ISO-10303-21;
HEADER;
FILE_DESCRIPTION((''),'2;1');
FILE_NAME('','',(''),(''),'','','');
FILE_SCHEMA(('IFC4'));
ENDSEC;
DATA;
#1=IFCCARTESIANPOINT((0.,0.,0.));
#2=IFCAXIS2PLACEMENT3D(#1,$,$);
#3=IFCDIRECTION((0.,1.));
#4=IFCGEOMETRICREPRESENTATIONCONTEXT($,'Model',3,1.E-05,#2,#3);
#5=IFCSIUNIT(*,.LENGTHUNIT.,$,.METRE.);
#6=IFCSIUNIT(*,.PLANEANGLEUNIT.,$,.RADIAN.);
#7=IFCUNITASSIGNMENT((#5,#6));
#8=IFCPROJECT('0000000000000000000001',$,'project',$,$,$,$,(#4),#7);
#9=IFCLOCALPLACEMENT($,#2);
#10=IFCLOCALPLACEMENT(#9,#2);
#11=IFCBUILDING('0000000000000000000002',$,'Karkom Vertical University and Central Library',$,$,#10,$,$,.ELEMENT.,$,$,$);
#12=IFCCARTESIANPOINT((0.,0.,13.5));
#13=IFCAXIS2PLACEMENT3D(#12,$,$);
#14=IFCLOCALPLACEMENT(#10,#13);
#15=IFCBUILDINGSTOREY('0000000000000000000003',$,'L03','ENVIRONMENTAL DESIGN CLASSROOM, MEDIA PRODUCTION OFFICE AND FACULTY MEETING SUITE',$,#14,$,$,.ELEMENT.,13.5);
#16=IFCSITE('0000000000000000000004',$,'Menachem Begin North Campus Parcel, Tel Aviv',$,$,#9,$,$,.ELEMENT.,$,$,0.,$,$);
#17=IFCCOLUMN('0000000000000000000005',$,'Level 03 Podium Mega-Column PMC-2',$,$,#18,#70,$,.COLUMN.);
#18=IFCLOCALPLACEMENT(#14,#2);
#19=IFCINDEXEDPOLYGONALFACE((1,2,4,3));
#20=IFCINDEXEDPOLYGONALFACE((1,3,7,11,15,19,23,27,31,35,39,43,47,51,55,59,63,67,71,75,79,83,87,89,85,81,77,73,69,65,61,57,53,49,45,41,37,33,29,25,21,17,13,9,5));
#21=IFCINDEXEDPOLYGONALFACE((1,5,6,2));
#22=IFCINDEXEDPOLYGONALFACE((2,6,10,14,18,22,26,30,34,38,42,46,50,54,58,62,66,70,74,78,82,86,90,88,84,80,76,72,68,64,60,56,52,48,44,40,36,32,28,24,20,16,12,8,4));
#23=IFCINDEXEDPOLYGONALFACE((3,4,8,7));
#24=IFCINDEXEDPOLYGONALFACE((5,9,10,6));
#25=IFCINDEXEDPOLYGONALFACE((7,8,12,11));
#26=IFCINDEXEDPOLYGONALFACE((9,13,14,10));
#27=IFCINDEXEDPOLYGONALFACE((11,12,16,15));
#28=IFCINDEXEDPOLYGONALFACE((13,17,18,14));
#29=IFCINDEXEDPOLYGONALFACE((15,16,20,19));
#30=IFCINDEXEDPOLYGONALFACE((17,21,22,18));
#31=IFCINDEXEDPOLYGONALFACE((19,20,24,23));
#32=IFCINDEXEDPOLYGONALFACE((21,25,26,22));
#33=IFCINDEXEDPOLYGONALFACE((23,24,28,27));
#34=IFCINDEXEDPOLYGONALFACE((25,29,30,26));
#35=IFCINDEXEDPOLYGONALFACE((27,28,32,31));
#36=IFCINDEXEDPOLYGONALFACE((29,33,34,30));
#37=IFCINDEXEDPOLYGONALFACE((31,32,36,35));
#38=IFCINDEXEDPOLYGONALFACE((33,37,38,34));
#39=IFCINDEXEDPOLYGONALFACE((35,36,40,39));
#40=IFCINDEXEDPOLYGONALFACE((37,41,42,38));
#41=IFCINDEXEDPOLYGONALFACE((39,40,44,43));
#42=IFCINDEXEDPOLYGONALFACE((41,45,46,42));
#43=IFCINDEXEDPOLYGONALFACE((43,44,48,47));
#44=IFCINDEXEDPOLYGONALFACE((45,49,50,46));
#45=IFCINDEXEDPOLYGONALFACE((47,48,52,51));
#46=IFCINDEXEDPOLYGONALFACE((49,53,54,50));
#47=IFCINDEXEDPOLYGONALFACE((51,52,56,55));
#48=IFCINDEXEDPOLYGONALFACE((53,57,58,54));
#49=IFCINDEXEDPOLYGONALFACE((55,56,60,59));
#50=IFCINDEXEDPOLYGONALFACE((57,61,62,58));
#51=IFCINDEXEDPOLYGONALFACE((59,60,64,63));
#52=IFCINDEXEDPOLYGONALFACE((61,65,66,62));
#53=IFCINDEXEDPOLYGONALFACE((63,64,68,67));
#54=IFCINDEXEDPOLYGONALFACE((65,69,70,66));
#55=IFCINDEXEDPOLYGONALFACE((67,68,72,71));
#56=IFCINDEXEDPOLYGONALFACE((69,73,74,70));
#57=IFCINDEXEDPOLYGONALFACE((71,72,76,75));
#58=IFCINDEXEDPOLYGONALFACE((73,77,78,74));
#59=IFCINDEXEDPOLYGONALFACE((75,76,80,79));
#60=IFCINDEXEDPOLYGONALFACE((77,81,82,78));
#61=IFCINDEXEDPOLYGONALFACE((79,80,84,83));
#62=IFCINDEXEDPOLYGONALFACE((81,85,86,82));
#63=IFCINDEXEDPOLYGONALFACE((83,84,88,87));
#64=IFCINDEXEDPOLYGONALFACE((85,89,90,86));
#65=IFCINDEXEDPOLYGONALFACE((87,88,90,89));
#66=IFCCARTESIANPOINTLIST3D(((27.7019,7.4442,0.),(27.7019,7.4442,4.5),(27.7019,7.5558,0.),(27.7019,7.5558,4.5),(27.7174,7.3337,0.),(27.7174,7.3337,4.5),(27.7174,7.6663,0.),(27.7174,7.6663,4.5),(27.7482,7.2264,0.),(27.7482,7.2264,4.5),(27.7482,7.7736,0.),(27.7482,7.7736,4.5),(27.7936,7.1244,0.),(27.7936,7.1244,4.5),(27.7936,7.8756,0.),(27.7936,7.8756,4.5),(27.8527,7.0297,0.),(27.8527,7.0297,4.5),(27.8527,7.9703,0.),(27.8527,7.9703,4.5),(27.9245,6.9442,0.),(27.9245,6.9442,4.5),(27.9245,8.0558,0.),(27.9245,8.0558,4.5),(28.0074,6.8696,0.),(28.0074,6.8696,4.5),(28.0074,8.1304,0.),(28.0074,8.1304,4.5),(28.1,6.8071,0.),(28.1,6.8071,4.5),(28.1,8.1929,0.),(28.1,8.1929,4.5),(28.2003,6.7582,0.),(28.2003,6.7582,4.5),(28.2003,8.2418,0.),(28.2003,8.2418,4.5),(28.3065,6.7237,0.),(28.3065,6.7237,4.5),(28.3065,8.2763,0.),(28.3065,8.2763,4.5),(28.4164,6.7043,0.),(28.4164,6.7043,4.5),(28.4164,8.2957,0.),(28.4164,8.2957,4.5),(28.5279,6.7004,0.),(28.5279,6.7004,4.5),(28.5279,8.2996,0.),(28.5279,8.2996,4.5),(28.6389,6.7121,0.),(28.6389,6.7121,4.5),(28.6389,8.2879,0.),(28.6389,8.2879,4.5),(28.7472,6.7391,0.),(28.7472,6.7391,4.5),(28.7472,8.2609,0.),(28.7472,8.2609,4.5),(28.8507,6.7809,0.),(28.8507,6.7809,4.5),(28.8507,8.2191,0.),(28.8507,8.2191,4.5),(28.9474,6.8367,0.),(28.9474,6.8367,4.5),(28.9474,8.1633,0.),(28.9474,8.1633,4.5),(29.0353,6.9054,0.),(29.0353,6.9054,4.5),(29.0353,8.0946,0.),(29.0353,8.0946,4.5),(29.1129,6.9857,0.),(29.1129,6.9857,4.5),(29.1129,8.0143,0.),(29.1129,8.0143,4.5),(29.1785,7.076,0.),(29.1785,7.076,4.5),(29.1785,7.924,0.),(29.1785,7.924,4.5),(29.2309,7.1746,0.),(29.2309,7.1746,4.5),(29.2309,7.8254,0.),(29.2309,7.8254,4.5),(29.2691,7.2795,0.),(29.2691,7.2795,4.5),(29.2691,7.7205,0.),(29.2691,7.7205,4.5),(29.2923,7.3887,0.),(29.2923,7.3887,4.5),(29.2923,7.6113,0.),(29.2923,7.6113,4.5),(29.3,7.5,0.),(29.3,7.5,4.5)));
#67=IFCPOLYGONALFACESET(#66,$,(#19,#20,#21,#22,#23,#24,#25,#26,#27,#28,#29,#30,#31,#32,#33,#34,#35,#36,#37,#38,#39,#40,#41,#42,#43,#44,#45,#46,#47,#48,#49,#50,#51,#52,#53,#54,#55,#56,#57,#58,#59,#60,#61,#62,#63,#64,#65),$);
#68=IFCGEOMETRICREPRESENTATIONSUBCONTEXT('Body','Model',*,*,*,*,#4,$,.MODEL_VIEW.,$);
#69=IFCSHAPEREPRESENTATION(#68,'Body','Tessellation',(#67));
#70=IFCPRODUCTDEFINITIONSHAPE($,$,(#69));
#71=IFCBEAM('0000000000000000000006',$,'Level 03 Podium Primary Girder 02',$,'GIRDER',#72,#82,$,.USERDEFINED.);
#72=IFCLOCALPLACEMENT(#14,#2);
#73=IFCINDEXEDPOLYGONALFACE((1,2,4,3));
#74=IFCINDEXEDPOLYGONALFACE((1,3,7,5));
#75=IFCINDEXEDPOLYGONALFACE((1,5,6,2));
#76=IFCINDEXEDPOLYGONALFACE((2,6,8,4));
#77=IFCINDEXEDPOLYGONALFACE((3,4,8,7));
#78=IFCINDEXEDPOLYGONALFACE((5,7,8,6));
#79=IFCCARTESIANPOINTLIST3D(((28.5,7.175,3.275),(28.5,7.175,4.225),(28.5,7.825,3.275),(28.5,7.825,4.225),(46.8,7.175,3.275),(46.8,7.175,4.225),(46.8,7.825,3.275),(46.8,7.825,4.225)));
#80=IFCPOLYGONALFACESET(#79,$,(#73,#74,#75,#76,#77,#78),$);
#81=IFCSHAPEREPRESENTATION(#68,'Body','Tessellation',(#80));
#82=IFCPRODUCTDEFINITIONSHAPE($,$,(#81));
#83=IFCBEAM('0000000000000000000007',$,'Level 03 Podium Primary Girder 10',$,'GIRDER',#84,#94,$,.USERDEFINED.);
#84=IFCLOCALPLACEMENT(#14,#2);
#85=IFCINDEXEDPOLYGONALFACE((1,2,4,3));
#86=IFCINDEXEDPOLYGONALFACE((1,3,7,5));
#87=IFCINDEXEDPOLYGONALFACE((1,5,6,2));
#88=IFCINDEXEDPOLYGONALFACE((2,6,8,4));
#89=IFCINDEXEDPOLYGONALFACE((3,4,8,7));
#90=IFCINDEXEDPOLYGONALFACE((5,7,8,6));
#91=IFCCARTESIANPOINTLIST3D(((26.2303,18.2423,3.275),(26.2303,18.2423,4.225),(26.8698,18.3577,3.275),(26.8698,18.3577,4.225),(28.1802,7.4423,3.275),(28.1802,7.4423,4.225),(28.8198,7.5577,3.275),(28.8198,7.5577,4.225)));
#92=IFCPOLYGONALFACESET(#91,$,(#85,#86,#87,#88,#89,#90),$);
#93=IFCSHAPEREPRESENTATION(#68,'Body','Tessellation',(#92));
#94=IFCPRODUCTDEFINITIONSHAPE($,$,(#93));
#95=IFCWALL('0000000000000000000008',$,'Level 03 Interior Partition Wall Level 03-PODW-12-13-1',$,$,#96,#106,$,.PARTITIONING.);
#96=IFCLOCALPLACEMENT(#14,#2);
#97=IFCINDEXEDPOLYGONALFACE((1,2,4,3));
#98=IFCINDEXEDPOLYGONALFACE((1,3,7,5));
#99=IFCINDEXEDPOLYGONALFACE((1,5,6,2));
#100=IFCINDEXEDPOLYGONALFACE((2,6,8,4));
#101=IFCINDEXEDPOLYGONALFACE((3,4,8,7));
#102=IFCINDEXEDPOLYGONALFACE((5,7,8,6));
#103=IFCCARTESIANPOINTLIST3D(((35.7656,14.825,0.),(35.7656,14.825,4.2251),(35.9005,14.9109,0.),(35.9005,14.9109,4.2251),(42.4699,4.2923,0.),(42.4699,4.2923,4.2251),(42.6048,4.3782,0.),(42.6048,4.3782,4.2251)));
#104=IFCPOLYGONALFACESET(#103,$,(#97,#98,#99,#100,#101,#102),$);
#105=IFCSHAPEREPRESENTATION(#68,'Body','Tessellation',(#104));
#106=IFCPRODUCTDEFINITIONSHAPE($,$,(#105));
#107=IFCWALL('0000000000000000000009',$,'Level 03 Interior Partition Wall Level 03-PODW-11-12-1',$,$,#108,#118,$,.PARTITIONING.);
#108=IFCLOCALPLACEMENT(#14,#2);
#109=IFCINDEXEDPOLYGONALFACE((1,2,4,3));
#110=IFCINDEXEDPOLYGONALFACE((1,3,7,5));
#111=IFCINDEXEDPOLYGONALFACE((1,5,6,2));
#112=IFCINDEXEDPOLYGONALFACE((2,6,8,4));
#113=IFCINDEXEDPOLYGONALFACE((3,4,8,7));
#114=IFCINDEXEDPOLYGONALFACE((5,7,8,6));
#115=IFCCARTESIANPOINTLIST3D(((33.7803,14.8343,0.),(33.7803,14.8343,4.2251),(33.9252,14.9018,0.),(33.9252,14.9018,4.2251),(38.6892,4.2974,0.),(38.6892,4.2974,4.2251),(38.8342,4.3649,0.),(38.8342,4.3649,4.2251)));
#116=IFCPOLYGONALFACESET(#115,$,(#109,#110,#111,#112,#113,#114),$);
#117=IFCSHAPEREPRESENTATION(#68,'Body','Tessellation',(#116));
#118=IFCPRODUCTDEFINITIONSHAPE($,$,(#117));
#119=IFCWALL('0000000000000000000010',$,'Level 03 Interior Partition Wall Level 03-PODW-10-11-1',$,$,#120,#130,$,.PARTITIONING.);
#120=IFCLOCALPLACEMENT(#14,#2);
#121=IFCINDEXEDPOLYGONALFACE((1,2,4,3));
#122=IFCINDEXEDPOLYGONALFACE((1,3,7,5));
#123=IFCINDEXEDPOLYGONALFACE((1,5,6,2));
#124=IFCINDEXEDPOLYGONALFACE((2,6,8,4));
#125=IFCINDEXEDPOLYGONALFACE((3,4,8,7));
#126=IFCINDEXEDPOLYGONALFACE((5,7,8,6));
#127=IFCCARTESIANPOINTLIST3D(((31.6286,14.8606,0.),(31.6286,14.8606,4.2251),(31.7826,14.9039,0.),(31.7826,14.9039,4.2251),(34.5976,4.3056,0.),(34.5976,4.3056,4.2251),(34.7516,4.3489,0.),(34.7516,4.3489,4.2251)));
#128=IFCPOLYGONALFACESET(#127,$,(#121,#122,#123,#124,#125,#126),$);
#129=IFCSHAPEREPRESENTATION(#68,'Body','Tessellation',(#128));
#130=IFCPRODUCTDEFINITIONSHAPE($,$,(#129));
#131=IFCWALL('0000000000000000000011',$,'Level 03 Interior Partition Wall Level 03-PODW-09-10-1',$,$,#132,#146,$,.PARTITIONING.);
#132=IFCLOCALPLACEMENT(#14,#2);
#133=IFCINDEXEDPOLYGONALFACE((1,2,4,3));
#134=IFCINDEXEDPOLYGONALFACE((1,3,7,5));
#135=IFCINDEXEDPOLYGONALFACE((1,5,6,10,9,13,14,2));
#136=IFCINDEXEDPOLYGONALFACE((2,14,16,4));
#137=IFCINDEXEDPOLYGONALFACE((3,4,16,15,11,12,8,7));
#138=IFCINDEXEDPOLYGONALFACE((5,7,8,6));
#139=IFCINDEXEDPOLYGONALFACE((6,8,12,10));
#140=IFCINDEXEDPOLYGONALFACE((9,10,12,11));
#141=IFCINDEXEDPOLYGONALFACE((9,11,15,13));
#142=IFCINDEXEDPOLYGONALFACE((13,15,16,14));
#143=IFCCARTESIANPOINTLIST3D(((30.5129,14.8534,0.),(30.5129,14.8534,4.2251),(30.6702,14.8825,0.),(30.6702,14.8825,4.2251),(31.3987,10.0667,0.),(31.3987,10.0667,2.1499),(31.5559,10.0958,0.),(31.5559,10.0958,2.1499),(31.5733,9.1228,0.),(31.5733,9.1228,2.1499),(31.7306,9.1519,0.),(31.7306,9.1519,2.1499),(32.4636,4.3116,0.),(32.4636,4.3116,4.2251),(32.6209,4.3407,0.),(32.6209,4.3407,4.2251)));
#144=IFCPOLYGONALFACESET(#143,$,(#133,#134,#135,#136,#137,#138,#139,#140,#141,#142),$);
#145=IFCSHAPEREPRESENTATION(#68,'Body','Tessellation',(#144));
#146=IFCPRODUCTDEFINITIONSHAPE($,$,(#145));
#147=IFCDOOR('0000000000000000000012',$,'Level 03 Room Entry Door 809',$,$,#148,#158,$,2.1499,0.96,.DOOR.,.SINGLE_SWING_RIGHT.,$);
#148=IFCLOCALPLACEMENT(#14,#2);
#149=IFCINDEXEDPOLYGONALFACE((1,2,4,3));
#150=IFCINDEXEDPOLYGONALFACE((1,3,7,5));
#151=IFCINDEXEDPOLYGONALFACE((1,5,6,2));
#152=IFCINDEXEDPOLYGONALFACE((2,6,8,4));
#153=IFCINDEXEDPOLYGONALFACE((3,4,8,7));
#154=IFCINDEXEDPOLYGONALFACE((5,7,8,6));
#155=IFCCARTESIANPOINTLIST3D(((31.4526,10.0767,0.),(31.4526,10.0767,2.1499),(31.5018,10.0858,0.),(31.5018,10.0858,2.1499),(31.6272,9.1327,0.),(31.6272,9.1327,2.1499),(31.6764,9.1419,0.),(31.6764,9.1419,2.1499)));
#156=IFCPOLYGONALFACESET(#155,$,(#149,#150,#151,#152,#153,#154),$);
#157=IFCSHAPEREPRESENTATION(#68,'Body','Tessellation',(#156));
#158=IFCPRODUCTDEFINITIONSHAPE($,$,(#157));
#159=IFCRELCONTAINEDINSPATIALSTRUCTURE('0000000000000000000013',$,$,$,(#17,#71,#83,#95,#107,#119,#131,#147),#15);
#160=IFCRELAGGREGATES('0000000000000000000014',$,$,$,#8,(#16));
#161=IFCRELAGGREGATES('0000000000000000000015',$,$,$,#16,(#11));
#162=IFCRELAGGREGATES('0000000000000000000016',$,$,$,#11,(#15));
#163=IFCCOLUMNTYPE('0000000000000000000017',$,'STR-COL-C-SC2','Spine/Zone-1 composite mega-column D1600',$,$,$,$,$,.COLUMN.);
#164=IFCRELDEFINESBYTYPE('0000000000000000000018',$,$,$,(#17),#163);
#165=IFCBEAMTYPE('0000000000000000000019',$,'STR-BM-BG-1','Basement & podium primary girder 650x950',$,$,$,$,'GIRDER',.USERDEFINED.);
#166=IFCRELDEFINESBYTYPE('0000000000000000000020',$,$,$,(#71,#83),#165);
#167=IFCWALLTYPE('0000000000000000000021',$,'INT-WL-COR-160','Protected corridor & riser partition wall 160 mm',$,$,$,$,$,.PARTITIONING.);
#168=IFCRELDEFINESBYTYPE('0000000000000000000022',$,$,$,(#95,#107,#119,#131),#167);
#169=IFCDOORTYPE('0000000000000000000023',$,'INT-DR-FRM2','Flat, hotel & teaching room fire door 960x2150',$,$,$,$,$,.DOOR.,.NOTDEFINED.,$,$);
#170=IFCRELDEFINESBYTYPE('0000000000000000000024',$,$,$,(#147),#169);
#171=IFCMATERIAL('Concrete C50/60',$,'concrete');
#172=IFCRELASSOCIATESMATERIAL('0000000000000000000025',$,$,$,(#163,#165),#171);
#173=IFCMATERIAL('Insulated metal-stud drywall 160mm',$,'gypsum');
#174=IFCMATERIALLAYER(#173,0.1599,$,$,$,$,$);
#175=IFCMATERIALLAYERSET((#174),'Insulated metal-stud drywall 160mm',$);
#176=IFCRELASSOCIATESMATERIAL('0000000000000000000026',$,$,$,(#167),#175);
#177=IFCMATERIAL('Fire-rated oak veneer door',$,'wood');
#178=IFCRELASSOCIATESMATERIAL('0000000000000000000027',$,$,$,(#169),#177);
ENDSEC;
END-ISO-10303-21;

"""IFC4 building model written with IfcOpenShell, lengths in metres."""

from ifc_helpers import new_model, si_unit, direction, frame, frame_2d, origin, origin_with_axes, origin_2d, place, context, subcontext, project, spatial, rectangle, circle, extrude, source, transform, mapped, material, layer, layer_set, material_profile, profile_set, type_object, element, fill, save


model = new_model("IFC4")

# Units and contexts
model_context = context("Model", 3, precision=1e-05, world=origin(), true_north=direction((0.0, 1.0)))
body_context = subcontext(model_context, "Body", "Model", "MODEL_VIEW")
ifc_project = project(units=[si_unit("LENGTHUNIT", "METRE"), si_unit("PLANEANGLEUNIT", "RADIAN")], contexts=[model_context])

# Site, building, storey
site_placement = place(None, origin())
site = spatial("IfcSite", under=ifc_project, at=site_placement, Name="Menachem Begin North Campus Parcel, Tel Aviv", CompositionType="ELEMENT", RefElevation=0.0)
building_placement = place(site_placement, origin())
building = spatial("IfcBuilding", under=site, at=building_placement, Name="Karkom Vertical University and Central Library", CompositionType="ELEMENT")
storey_placement = place(building_placement, frame((0.0, 0.0, 13.5)))
storey = spatial("IfcBuildingStorey", under=building, at=storey_placement, Name="L03", Description="ENVIRONMENTAL DESIGN CLASSROOM, MEDIA PRODUCTION OFFICE AND FACULTY MEETING SUITE", CompositionType="ELEMENT", Elevation=13.5)

# Column
ifc_material_1 = material(Name="Concrete C50/60", Category="concrete")
ifc_material_profile_1 = material_profile(ifc_material_1, circle(Radius=0.8, at=origin_2d()), Name="CFT-D1600")
ifc_profile_set_1 = profile_set([ifc_material_profile_1], Name="Concrete C50/60")
column_type = type_object("IfcColumnType", Name="STR-COL-C-SC2", Description="Spine/Zone-1 composite mega-column D1600", PredefinedType="COLUMN", material=ifc_profile_set_1)
shared_shape_1 = source(origin_with_axes(), body_context, "Body", "SweptSolid", [
    extrude(circle(Radius=0.8, at=origin_2d()), origin(), (0.0, 0.0, 1.0), 4.5),
])
column_placement = place(storey_placement, frame((28.5, 7.5, 0.0), z_axis=(0.0, 0.0, 1.0), x_axis=(1.0, 0.0, 0.0)))
element("IfcColumn", 1, at=column_placement, inside=storey, type_object=column_type, Name="Level 03 Podium Mega-Column PMC-2", PredefinedType="COLUMN", context=body_context, shape_type="MappedRepresentation", body=[
    mapped(shared_shape_1, transform((0.0, 0.0, 0.0), scale=1.0)),
])

# Beams
ifc_material_profile_2 = material_profile(ifc_material_1, rectangle(XDim=0.6499, YDim=0.95, at=origin_2d()), Name="RCG-650x950")
ifc_profile_set_2 = profile_set([ifc_material_profile_2], Name="Concrete C50/60")
beam_type = type_object("IfcBeamType", Name="STR-BM-BG-1", Description="Basement & podium primary girder 650x950", ElementType="GIRDER", PredefinedType="USERDEFINED", material=ifc_profile_set_2)
shared_shape_2 = source(origin_with_axes(), body_context, "Body", "SweptSolid", [
    extrude(rectangle(XDim=0.6499, YDim=0.95, at=origin_2d()), origin(), (0.0, 0.0, 1.0), 18.3),
])
beam_1_placement = place(storey_placement, frame((28.5, 7.5, 3.75), z_axis=(1.0, 0.0, 0.0), x_axis=(0.0, 1.0, 0.0)))
element("IfcBeam", 2, at=beam_1_placement, inside=storey, type_object=beam_type, Name="Level 03 Podium Primary Girder 02", ObjectType="GIRDER", PredefinedType="USERDEFINED", context=body_context, shape_type="MappedRepresentation", body=[
    mapped(shared_shape_2, transform((0.0, 0.0, 0.0), scale=1.0)),
])
shared_shape_3 = source(origin_with_axes(), body_context, "Body", "SweptSolid", [
    extrude(rectangle(XDim=0.6499, YDim=0.95, at=origin_2d()), origin(), (0.0, 0.0, 1.0), 10.9746),
])
beam_2_placement = place(storey_placement, frame((28.5, 7.5, 3.75), z_axis=(-0.177677, 0.984089, 0.0), x_axis=(-0.984089, -0.177677, 0.0)))
element("IfcBeam", 3, at=beam_2_placement, inside=storey, type_object=beam_type, Name="Level 03 Podium Primary Girder 10", ObjectType="GIRDER", PredefinedType="USERDEFINED", context=body_context, shape_type="MappedRepresentation", body=[
    mapped(shared_shape_3, transform((0.0, 0.0, 0.0), scale=1.0)),
])

# Walls
ifc_material_2 = material(Name="Insulated metal-stud drywall 160mm", Category="gypsum")
ifc_layer_1 = layer(ifc_material_2, 0.1599)
ifc_layer_set_1 = layer_set([ifc_layer_1], Name="Insulated metal-stud drywall 160mm")
wall_type_1 = type_object("IfcWallType", Name="INT-WL-COR-160", Description="Protected corridor & riser partition wall 160 mm", PredefinedType="PARTITIONING", material=ifc_layer_set_1)
wall_1_placement = place(storey_placement, frame((35.833, 14.8679, 0.0), z_axis=(0.0, 0.0, 1.0), x_axis=(0.536973, -0.843599, 0.0)))
element("IfcWall", 4, at=wall_1_placement, inside=storey, type_object=wall_type_1, Name="Level 03 Interior Partition Wall Level 03-PODW-12-13-1", PredefinedType="PARTITIONING", context=body_context, shape_type="SweptSolid", body=[
    extrude(rectangle(XDim=12.4854, YDim=0.1599, at=frame_2d((6.2427, 0.0))), origin(), (0.0, 0.0, 1.0), 4.2251),
])
wall_2_placement = place(storey_placement, frame((33.8528, 14.8679, 0.0), z_axis=(0.0, 0.0, 1.0), x_axis=(0.422301, -0.906456, 0.0)))
element("IfcWall", 5, at=wall_2_placement, inside=storey, type_object=wall_type_1, Name="Level 03 Interior Partition Wall Level 03-PODW-11-12-1", PredefinedType="PARTITIONING", context=body_context, shape_type="SweptSolid", body=[
    extrude(rectangle(XDim=11.6243, YDim=0.1599, at=frame_2d((5.812, 0.0))), origin(), (0.0, 0.0, 1.0), 4.2251),
])
wall_3_placement = place(storey_placement, frame((31.7056, 14.8823, 0.0), z_axis=(0.0, 0.0, 1.0), x_axis=(0.270781, -0.962641, 0.0)))
element("IfcWall", 6, at=wall_3_placement, inside=storey, type_object=wall_type_1, Name="Level 03 Interior Partition Wall Level 03-PODW-10-11-1", PredefinedType="PARTITIONING", context=body_context, shape_type="SweptSolid", body=[
    extrude(rectangle(XDim=10.9646, YDim=0.1599, at=frame_2d((5.4824, 0.0))), origin(), (0.0, 0.0, 1.0), 4.2251),
])

# Wall, opening, door
wall_4_placement = place(storey_placement, frame((30.5916, 14.8679, 0.0), z_axis=(0.0, 0.0, 1.0), x_axis=(0.181955, -0.983307, 0.0)))
wall_4 = element("IfcWall", 7, at=wall_4_placement, inside=storey, type_object=wall_type_1, Name="Level 03 Interior Partition Wall Level 03-PODW-09-10-1", PredefinedType="PARTITIONING", context=body_context, shape_type="SweptSolid", body=[
    extrude(rectangle(XDim=10.7207, YDim=0.1599, at=frame_2d((5.3604, 0.0))), origin(), (0.0, 0.0, 1.0), 4.2251),
])
opening_1_placement = place(wall_4_placement, frame((4.8679, 0.0, 0.0)))
opening_1 = element("IfcOpeningElement", 8, at=opening_1_placement, cuts=wall_4, PredefinedType="OPENING", context=body_context, shape_type="SweptSolid", body=[
    extrude(rectangle(XDim=0.96, YDim=2.1499, at=frame_2d((0.48, 1.075))), frame((0.0, 0.0898, 0.0), z_axis=(0.0, -1.0, 0.0), x_axis=(1.0, 0.0, 0.0)), (0.0, 0.0, 1.0), 0.1799),
])
ifc_material_3 = material(Name="Fire-rated oak veneer door", Category="wood")
door_type_1 = type_object("IfcDoorType", Name="INT-DR-FRM2", Description="Flat, hotel & teaching room fire door 960x2150", OperationType="NOTDEFINED", PredefinedType="DOOR", material=ifc_material_3)
shared_shape_4 = source(origin_with_axes(), body_context, "Body", "SweptSolid", [
    extrude(rectangle(XDim=0.96, YDim=2.1499, at=frame_2d((0.48, 1.075))), frame((0.0, 0.0249, 0.0), z_axis=(0.0, -1.0, 0.0), x_axis=(1.0, 0.0, 0.0)), (0.0, 0.0, 1.0), 0.05),
])
door_1_placement = place(opening_1_placement, origin())
door_1 = element("IfcDoor", 9, at=door_1_placement, inside=storey, type_object=door_type_1, Name="Level 03 Room Entry Door 809", OperationType="SINGLE_SWING_RIGHT", OverallHeight=2.1499, OverallWidth=0.96, PredefinedType="DOOR", context=body_context, shape_type="MappedRepresentation", body=[
    mapped(shared_shape_4, transform((0.0, 0.0, 0.0), scale=1.0)),
])
fill(opening_1, door_1)

save(model, "model.ifc")
